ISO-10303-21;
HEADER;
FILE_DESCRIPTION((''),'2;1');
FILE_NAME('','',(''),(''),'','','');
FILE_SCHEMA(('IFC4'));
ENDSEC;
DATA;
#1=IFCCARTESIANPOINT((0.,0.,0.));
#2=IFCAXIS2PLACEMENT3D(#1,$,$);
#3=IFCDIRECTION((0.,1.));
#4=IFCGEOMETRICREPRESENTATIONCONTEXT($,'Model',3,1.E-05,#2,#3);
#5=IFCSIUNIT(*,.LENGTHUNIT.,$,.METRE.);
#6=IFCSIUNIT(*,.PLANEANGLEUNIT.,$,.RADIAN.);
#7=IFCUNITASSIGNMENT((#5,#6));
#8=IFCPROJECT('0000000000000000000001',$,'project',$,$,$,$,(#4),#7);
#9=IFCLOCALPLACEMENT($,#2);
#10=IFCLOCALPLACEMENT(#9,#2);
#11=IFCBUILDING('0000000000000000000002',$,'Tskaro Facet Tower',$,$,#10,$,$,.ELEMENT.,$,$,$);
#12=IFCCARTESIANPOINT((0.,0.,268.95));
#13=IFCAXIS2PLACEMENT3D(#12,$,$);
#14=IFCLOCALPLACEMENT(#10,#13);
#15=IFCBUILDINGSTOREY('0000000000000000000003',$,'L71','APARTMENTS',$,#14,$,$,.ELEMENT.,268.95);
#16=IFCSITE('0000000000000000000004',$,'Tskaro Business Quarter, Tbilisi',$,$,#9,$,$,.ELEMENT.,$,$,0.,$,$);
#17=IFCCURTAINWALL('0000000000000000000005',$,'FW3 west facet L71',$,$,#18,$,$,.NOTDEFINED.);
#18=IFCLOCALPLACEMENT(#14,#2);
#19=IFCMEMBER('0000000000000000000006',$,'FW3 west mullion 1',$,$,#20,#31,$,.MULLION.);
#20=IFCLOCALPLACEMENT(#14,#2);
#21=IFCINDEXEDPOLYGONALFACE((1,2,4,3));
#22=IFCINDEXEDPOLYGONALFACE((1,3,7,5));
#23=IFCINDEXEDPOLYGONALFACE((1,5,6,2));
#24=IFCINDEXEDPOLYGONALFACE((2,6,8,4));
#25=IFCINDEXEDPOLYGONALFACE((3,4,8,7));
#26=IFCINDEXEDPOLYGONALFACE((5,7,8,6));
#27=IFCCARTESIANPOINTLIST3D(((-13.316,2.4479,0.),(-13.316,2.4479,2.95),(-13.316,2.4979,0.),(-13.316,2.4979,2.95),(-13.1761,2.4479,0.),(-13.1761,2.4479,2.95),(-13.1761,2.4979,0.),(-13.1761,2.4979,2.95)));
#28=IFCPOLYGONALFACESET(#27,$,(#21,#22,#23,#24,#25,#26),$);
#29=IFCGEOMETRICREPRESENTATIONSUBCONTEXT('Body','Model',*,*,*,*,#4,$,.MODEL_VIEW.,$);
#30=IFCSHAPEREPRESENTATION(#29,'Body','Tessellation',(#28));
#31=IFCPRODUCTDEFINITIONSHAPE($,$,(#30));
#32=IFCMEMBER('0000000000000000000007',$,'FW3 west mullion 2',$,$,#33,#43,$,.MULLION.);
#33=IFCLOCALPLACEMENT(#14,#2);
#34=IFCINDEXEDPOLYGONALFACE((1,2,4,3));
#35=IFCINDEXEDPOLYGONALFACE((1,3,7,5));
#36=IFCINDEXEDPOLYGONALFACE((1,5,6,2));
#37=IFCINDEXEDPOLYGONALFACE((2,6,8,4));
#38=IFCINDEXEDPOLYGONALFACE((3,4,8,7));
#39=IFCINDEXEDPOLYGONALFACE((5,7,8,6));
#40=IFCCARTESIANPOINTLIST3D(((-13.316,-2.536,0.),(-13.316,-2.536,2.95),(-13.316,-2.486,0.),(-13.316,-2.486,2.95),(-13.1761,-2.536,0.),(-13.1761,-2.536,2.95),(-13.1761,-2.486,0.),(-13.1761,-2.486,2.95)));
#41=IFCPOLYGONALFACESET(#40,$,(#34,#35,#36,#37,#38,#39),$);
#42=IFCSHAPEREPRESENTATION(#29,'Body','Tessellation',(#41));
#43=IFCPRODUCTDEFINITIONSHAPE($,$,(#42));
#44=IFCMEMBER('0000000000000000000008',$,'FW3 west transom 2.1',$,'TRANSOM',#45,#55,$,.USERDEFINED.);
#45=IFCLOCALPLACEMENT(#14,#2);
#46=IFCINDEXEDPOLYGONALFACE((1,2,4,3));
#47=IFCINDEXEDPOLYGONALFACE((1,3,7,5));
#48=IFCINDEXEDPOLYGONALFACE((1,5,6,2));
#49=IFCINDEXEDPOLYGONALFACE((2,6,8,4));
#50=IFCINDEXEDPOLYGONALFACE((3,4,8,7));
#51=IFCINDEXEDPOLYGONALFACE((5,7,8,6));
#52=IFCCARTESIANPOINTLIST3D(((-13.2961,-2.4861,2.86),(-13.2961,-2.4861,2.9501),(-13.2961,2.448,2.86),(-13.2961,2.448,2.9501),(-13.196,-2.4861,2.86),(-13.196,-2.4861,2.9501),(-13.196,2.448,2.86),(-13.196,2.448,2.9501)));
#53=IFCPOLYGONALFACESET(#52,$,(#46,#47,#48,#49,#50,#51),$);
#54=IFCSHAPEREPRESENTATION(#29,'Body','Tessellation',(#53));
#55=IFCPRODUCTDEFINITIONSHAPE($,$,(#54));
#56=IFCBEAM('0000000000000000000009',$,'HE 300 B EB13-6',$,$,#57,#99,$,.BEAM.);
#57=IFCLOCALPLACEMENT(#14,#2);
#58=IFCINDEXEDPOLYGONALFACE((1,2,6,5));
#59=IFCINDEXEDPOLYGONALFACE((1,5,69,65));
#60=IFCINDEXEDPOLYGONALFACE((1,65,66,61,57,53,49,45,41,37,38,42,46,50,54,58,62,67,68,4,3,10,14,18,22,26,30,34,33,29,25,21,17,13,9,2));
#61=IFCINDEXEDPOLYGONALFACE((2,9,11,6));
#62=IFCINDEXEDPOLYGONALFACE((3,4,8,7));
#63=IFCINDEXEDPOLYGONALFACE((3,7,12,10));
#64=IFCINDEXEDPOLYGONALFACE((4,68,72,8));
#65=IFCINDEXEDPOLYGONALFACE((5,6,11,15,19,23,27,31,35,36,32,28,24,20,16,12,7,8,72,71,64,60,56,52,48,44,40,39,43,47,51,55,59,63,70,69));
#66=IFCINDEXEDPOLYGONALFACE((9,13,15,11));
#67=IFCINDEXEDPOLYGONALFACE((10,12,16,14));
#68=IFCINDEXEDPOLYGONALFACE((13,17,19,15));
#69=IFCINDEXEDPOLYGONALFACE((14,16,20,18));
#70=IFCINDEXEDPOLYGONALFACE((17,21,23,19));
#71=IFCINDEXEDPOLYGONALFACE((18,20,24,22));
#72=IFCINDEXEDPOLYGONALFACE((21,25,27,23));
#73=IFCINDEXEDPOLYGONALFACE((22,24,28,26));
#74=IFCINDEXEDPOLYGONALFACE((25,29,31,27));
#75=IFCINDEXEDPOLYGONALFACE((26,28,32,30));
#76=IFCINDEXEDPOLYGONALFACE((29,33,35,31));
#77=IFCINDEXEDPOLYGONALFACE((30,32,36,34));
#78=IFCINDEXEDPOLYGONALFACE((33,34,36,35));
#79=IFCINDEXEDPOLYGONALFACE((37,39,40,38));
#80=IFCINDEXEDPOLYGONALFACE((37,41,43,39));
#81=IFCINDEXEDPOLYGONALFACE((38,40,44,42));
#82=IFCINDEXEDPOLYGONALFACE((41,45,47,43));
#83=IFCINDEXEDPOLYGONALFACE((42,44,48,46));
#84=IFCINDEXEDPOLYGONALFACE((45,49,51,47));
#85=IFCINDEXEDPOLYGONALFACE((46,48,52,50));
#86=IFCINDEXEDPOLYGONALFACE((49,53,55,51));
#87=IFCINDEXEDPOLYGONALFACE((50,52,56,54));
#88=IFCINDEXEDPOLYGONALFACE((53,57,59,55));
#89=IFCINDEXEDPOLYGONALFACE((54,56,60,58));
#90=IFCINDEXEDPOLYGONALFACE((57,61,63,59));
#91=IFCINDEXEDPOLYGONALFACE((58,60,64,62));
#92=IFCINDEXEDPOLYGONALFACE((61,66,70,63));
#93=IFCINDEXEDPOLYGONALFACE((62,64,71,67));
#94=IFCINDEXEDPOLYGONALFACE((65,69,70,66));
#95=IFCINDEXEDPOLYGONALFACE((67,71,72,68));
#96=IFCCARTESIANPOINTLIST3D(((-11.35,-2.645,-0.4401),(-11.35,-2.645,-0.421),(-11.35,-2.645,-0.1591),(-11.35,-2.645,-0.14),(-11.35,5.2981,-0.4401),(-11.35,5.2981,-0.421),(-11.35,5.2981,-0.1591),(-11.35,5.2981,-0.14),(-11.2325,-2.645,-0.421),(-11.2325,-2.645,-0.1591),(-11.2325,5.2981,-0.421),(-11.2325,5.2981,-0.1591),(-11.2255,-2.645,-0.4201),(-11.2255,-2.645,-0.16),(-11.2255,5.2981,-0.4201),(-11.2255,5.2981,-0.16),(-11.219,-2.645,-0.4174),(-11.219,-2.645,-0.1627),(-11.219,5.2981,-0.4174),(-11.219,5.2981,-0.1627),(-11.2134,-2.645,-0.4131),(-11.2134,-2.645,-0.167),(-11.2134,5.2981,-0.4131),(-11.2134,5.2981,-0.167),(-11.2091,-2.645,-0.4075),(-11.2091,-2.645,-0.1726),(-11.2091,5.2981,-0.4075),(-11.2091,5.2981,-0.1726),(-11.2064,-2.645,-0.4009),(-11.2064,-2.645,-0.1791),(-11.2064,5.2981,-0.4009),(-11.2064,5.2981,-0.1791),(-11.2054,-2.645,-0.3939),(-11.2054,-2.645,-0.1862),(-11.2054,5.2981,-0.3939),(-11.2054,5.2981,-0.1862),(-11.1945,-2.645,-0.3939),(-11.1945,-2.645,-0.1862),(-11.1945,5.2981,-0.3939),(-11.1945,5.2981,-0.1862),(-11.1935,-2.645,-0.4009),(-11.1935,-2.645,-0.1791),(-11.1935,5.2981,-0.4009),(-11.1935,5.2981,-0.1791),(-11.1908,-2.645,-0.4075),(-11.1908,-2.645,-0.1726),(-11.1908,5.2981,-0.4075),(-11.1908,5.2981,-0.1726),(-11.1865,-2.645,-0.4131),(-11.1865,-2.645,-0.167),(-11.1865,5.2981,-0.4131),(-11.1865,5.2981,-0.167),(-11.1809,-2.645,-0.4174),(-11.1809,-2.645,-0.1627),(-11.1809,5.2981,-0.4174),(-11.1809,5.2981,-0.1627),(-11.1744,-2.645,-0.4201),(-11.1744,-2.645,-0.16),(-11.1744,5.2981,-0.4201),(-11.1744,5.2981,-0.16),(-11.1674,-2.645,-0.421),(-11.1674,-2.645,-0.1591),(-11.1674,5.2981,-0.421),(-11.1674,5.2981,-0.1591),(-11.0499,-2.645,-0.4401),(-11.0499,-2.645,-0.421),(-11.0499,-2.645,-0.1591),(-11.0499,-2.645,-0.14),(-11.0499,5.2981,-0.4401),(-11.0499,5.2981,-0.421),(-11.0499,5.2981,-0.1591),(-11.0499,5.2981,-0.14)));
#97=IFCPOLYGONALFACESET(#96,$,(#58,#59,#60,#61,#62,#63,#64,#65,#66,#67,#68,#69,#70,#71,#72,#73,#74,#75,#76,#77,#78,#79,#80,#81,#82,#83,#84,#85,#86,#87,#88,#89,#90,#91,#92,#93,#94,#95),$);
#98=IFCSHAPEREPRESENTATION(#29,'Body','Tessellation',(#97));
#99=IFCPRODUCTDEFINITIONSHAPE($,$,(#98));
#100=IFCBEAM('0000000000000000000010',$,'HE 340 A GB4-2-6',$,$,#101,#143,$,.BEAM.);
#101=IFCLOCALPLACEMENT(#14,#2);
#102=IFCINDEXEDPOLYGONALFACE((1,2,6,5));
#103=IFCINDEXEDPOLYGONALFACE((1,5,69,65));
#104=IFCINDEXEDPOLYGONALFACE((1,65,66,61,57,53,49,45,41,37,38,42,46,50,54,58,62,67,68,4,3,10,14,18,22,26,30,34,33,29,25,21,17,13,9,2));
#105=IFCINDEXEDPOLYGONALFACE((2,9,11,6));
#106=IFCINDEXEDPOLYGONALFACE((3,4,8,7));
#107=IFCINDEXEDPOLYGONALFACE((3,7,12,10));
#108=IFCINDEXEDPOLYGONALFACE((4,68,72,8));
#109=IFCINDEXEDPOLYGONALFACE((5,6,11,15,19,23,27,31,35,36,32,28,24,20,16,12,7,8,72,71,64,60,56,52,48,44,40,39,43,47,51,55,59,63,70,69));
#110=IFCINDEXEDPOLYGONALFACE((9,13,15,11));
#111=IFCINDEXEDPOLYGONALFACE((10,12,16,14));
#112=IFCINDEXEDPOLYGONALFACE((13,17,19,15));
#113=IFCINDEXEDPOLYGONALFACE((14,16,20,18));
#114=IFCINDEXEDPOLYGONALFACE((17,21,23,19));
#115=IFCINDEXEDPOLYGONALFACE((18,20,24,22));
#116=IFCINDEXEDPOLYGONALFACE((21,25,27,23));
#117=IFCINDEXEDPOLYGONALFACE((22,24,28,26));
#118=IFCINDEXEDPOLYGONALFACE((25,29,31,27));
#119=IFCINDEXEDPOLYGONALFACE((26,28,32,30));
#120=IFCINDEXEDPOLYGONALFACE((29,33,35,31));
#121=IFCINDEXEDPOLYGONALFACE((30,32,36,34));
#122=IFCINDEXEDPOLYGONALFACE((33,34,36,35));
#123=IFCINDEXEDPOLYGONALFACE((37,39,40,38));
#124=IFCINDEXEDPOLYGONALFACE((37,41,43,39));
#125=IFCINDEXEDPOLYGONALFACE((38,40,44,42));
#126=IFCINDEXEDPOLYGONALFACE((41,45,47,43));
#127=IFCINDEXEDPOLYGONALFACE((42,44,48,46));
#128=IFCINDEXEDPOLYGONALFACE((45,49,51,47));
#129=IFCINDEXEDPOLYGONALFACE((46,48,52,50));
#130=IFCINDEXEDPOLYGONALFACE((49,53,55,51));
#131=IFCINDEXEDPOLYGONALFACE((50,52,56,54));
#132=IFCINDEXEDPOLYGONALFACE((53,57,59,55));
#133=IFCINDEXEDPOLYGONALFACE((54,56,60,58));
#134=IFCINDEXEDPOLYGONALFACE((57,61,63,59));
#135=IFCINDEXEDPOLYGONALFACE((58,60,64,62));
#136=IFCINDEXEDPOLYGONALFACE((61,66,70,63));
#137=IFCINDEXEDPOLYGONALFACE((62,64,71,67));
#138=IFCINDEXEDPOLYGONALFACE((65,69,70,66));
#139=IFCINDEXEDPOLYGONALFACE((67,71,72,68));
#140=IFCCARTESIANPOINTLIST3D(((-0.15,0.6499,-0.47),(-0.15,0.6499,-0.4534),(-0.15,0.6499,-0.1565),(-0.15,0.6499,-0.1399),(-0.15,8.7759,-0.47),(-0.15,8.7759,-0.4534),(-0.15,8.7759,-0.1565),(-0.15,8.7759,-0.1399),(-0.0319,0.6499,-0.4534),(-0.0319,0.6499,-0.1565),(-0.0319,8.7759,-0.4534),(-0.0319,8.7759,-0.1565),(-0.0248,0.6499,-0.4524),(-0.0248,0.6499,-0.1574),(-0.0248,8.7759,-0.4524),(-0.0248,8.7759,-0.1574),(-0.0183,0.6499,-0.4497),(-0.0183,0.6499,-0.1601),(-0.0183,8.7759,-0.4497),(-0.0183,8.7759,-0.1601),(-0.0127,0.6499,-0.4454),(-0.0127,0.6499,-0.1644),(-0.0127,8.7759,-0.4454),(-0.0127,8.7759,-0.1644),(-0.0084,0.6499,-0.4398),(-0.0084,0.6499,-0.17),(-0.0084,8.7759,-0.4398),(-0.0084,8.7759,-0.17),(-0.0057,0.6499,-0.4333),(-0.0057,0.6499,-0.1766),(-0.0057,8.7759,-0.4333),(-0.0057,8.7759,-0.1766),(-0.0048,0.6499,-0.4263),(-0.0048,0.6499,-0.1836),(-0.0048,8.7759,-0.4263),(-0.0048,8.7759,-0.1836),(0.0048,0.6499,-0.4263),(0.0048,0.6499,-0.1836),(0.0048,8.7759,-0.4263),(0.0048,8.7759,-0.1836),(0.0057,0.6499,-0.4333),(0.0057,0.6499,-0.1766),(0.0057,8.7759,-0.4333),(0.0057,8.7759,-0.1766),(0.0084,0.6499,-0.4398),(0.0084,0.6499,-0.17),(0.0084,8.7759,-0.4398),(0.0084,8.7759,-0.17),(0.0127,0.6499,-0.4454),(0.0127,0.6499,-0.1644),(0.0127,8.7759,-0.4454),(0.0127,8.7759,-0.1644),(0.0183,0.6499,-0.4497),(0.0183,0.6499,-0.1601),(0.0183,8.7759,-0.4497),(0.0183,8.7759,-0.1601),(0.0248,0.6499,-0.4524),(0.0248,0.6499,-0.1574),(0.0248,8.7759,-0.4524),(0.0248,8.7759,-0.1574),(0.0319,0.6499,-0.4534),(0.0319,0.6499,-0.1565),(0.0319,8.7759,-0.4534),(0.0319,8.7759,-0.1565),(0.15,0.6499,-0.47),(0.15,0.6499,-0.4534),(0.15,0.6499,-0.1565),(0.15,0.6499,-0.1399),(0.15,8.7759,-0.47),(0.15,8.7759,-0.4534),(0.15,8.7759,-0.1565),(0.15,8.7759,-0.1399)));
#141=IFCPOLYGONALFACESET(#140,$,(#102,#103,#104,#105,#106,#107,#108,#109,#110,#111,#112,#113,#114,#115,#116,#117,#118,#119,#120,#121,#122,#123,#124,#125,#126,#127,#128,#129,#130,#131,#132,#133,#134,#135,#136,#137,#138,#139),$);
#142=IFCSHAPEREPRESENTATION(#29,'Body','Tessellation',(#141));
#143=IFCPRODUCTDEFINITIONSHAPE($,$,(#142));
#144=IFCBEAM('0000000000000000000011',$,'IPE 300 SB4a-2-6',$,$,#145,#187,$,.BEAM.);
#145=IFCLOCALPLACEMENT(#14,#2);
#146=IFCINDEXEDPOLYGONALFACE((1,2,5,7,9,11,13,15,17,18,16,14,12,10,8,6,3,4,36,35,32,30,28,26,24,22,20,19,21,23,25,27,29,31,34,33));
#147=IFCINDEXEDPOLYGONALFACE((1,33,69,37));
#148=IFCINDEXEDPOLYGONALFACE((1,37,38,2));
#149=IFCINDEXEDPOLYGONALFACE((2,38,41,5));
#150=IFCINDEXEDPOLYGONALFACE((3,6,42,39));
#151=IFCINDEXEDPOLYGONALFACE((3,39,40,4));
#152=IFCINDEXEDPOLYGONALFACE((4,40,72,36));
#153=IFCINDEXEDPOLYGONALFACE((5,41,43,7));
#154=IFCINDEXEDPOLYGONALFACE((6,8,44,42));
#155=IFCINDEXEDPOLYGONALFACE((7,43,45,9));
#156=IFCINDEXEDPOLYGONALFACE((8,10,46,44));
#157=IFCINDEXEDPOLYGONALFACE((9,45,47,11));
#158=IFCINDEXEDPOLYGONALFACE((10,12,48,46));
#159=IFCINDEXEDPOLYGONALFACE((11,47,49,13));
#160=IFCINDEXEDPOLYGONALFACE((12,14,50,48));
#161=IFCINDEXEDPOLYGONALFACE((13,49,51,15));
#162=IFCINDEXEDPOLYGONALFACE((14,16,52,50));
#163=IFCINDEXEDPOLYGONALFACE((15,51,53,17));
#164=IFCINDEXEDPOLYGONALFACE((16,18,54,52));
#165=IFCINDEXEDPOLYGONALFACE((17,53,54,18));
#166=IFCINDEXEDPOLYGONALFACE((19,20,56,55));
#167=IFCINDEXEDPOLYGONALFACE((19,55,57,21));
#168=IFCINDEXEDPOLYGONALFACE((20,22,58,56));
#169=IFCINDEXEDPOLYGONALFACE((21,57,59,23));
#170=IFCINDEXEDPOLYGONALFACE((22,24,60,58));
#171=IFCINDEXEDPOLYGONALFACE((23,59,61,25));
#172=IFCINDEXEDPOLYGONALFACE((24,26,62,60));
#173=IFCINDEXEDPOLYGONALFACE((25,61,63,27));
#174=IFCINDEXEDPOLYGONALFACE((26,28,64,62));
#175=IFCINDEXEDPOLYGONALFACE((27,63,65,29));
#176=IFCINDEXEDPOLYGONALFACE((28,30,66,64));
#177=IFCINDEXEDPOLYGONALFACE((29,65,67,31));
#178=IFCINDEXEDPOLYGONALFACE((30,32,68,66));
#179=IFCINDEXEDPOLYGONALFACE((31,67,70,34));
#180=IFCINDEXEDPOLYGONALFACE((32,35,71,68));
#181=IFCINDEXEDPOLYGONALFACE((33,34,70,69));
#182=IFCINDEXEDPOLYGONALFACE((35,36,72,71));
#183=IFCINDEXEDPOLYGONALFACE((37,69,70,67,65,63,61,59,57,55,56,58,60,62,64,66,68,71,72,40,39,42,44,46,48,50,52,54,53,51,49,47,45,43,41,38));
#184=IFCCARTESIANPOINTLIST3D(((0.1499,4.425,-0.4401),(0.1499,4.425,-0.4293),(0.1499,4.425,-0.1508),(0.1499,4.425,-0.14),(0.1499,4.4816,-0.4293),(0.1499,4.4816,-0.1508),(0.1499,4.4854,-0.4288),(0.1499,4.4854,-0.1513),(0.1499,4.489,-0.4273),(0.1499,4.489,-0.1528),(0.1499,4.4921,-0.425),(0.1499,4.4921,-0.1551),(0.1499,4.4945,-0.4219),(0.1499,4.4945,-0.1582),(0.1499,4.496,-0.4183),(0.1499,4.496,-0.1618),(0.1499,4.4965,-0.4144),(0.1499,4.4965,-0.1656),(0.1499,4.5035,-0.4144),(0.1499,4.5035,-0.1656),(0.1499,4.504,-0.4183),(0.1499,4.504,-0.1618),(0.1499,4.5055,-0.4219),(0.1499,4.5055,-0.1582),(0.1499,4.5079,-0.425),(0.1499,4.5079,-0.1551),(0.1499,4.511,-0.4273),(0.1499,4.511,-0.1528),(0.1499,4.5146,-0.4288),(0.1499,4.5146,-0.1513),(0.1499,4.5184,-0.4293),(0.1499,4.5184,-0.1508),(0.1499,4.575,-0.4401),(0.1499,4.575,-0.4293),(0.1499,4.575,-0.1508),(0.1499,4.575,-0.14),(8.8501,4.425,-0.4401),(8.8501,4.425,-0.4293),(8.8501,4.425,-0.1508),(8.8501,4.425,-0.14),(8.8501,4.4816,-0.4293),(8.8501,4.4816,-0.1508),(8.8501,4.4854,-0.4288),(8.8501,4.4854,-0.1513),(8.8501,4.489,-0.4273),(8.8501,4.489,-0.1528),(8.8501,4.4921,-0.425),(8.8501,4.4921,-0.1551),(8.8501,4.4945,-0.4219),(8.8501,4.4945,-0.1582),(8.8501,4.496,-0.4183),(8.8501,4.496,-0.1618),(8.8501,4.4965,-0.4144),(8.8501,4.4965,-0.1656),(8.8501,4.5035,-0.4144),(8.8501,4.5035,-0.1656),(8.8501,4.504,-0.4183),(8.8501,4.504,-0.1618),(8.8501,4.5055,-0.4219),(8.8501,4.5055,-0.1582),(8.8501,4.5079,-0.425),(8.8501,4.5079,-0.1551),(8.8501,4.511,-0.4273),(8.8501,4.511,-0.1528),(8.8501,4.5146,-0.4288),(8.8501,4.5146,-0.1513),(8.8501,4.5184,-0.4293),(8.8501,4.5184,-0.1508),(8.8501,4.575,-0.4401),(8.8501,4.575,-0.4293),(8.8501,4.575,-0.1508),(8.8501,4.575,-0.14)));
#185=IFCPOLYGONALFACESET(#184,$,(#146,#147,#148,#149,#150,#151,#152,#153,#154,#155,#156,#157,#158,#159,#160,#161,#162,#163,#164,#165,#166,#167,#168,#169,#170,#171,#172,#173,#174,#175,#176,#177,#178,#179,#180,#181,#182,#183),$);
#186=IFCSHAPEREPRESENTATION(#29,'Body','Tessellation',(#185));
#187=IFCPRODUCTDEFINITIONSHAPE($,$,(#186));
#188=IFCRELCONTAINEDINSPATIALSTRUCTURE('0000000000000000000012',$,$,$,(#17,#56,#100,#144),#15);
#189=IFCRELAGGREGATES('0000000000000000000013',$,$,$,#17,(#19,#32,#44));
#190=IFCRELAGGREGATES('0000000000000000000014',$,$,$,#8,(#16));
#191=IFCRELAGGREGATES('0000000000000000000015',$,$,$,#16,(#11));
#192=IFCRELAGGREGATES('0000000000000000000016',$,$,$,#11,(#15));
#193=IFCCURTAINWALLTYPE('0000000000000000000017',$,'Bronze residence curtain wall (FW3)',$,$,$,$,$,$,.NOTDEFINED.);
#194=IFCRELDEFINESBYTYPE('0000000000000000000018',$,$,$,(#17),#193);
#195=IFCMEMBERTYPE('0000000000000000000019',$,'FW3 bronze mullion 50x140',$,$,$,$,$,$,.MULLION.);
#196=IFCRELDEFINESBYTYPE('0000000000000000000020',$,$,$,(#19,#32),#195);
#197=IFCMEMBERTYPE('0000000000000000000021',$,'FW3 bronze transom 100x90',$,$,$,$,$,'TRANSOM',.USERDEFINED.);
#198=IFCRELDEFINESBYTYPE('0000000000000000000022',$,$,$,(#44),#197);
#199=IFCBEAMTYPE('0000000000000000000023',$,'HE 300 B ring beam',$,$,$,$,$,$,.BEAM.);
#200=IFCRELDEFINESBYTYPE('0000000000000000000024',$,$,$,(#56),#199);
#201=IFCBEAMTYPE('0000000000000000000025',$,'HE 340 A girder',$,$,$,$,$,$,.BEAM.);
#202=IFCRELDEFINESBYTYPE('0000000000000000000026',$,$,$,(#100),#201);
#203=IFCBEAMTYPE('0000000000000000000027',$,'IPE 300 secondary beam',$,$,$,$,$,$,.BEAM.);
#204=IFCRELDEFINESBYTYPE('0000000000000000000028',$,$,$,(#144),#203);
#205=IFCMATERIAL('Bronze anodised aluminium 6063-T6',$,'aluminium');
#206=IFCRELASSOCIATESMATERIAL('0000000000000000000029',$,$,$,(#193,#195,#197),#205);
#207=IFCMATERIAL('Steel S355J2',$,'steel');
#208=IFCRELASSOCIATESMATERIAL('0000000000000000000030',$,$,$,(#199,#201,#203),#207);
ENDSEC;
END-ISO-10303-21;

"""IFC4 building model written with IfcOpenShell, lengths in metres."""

from ifc_helpers import new_model, si_unit, direction, frame, origin, origin_2d, place, context, subcontext, project, spatial, rectangle, i_section, extrude, material, material_profile, profile_set, type_object, element, aggregate, save


model = new_model("IFC4")

# Units and contexts
model_context = context("Model", 3, precision=1e-05, world=origin(), true_north=direction((0.0, 1.0)))
body_context = subcontext(model_context, "Body", "Model", "MODEL_VIEW")
ifc_project = project(units=[si_unit("LENGTHUNIT", "METRE"), si_unit("PLANEANGLEUNIT", "RADIAN")], contexts=[model_context])

# Site, building, storey
site_placement = place(None, origin())
site = spatial("IfcSite", under=ifc_project, at=site_placement, Name="Tskaro Business Quarter, Tbilisi", CompositionType="ELEMENT", RefElevation=0.0)
building_placement = place(site_placement, origin())
building = spatial("IfcBuilding", under=site, at=building_placement, Name="Tskaro Facet Tower", CompositionType="ELEMENT")
storey_placement = place(building_placement, frame((0.0, 0.0, 268.95)))
storey = spatial("IfcBuildingStorey", under=building, at=storey_placement, Name="L71", Description="APARTMENTS", CompositionType="ELEMENT", Elevation=268.95)

# Shared definitions
ifc_material_1 = material(Name="Steel S355J2", Category="steel")

# Curtain wall, members
ifc_material_2 = material(Name="Bronze anodised aluminium 6063-T6", Category="aluminium")
curtain_wall_type = type_object("IfcCurtainWallType", Name="Bronze residence curtain wall (FW3)", PredefinedType="NOTDEFINED", material=ifc_material_2)
curtain_wall_placement = place(storey_placement, origin())
curtain_wall = element("IfcCurtainWall", 1, at=curtain_wall_placement, inside=storey, type_object=curtain_wall_type, Name="FW3 west facet L71", PredefinedType="NOTDEFINED")
ifc_material_profile_1 = material_profile(ifc_material_2, rectangle(XDim=0.05, YDim=0.1399, at=origin_2d()), Name="Mullion 50x140")
ifc_profile_set_1 = profile_set([ifc_material_profile_1], Name="Bronze anodised aluminium 6063-T6")
member_type_1 = type_object("IfcMemberType", Name="FW3 bronze mullion 50x140", PredefinedType="MULLION", material=ifc_profile_set_1)
member_1_placement = place(storey_placement, frame((-13.2461, 2.4729, 0.0), z_axis=(0.0, 0.0, 1.0), x_axis=(0.0, -1.0, 0.0)))
member_1 = element("IfcMember", 2, at=member_1_placement, type_object=member_type_1, Name="FW3 west mullion 1", PredefinedType="MULLION", context=body_context, shape_type="SweptSolid", body=[
    extrude(rectangle(XDim=0.05, YDim=0.1399, at=origin_2d()), origin(), (0.0, 0.0, 1.0), 2.95),
])
member_2_placement = place(storey_placement, frame((-13.2461, -2.511, 0.0), z_axis=(0.0, 0.0, 1.0), x_axis=(0.0, -1.0, 0.0)))
member_2 = element("IfcMember", 3, at=member_2_placement, type_object=member_type_1, Name="FW3 west mullion 2", PredefinedType="MULLION", context=body_context, shape_type="SweptSolid", body=[
    extrude(rectangle(XDim=0.05, YDim=0.1399, at=origin_2d()), origin(), (0.0, 0.0, 1.0), 2.95),
])
ifc_material_profile_2 = material_profile(ifc_material_2, rectangle(XDim=0.1001, YDim=0.0901, at=origin_2d()), Name="Transom 100x90")
ifc_profile_set_2 = profile_set([ifc_material_profile_2], Name="Bronze anodised aluminium 6063-T6")
member_type_2 = type_object("IfcMemberType", Name="FW3 bronze transom 100x90", ElementType="TRANSOM", PredefinedType="USERDEFINED", material=ifc_profile_set_2)
member_3_placement = place(storey_placement, frame((-13.2461, 2.448, 2.905), z_axis=(0.0, -1.0, 0.0), x_axis=(1.0, 0.0, 0.0)))
member_3 = element("IfcMember", 4, at=member_3_placement, type_object=member_type_2, Name="FW3 west transom 2.1", ObjectType="TRANSOM", PredefinedType="USERDEFINED", context=body_context, shape_type="SweptSolid", body=[
    extrude(rectangle(XDim=0.1001, YDim=0.0901, at=origin_2d()), origin(), (0.0, 0.0, 1.0), 4.9341),
])

# Beams
ifc_material_profile_3 = material_profile(ifc_material_1, i_section(OverallWidth=0.3, OverallDepth=0.3, WebThickness=0.011, FlangeThickness=0.019, FilletRadius=0.0271, at=origin_2d()), Name="HE 300 B")
ifc_profile_set_3 = profile_set([ifc_material_profile_3], Name="Steel S355J2")
beam_type_1 = type_object("IfcBeamType", Name="HE 300 B ring beam", PredefinedType="BEAM", material=ifc_profile_set_3)
beam_1_placement = place(storey_placement, frame((-11.2, 5.2981, -0.29), z_axis=(0.0, -1.0, 0.0), x_axis=(1.0, 0.0, 0.0)))
element("IfcBeam", 5, at=beam_1_placement, inside=storey, type_object=beam_type_1, Name="HE 300 B EB13-6", PredefinedType="BEAM", context=body_context, shape_type="SweptSolid", body=[
    extrude(i_section(OverallWidth=0.3, OverallDepth=0.3, WebThickness=0.011, FlangeThickness=0.019, FilletRadius=0.0271, at=origin_2d()), origin(), (0.0, 0.0, 1.0), 7.9431),
])
ifc_material_profile_4 = material_profile(ifc_material_1, i_section(OverallWidth=0.3, OverallDepth=0.3301, WebThickness=0.0095, FlangeThickness=0.0166, FilletRadius=0.0271, at=origin_2d()), Name="HE 340 A")
ifc_profile_set_4 = profile_set([ifc_material_profile_4], Name="Steel S355J2")
beam_type_2 = type_object("IfcBeamType", Name="HE 340 A girder", PredefinedType="BEAM", material=ifc_profile_set_4)
beam_2_placement = place(storey_placement, frame((0.0, 0.6499, -0.3049), z_axis=(0.0, 1.0, 0.0), x_axis=(-1.0, 0.0, 0.0)))
element("IfcBeam", 6, at=beam_2_placement, inside=storey, type_object=beam_type_2, Name="HE 340 A GB4-2-6", PredefinedType="BEAM", context=body_context, shape_type="SweptSolid", body=[
    extrude(i_section(OverallWidth=0.3, OverallDepth=0.3301, WebThickness=0.0095, FlangeThickness=0.0166, FilletRadius=0.0271, at=origin_2d()), origin(), (0.0, 0.0, 1.0), 8.126),
])
ifc_material_profile_5 = material_profile(ifc_material_1, i_section(OverallWidth=0.1499, OverallDepth=0.3, WebThickness=0.0071, FlangeThickness=0.0107, FilletRadius=0.0149, at=origin_2d()), Name="IPE 300")
ifc_profile_set_5 = profile_set([ifc_material_profile_5], Name="Steel S355J2")
beam_type_3 = type_object("IfcBeamType", Name="IPE 300 secondary beam", PredefinedType="BEAM", material=ifc_profile_set_5)
beam_3_placement = place(storey_placement, frame((0.1499, 4.5, -0.29), z_axis=(1.0, 0.0, 0.0), x_axis=(0.0, 1.0, 0.0)))
element("IfcBeam", 7, at=beam_3_placement, inside=storey, type_object=beam_type_3, Name="IPE 300 SB4a-2-6", PredefinedType="BEAM", context=body_context, shape_type="SweptSolid", body=[
    extrude(i_section(OverallWidth=0.1499, OverallDepth=0.3, WebThickness=0.0071, FlangeThickness=0.0107, FilletRadius=0.0149, at=origin_2d()), origin(), (0.0, 0.0, 1.0), 8.7002),
])

aggregate(curtain_wall, [member_1, member_2, member_3])

save(model, "model.ifc")
